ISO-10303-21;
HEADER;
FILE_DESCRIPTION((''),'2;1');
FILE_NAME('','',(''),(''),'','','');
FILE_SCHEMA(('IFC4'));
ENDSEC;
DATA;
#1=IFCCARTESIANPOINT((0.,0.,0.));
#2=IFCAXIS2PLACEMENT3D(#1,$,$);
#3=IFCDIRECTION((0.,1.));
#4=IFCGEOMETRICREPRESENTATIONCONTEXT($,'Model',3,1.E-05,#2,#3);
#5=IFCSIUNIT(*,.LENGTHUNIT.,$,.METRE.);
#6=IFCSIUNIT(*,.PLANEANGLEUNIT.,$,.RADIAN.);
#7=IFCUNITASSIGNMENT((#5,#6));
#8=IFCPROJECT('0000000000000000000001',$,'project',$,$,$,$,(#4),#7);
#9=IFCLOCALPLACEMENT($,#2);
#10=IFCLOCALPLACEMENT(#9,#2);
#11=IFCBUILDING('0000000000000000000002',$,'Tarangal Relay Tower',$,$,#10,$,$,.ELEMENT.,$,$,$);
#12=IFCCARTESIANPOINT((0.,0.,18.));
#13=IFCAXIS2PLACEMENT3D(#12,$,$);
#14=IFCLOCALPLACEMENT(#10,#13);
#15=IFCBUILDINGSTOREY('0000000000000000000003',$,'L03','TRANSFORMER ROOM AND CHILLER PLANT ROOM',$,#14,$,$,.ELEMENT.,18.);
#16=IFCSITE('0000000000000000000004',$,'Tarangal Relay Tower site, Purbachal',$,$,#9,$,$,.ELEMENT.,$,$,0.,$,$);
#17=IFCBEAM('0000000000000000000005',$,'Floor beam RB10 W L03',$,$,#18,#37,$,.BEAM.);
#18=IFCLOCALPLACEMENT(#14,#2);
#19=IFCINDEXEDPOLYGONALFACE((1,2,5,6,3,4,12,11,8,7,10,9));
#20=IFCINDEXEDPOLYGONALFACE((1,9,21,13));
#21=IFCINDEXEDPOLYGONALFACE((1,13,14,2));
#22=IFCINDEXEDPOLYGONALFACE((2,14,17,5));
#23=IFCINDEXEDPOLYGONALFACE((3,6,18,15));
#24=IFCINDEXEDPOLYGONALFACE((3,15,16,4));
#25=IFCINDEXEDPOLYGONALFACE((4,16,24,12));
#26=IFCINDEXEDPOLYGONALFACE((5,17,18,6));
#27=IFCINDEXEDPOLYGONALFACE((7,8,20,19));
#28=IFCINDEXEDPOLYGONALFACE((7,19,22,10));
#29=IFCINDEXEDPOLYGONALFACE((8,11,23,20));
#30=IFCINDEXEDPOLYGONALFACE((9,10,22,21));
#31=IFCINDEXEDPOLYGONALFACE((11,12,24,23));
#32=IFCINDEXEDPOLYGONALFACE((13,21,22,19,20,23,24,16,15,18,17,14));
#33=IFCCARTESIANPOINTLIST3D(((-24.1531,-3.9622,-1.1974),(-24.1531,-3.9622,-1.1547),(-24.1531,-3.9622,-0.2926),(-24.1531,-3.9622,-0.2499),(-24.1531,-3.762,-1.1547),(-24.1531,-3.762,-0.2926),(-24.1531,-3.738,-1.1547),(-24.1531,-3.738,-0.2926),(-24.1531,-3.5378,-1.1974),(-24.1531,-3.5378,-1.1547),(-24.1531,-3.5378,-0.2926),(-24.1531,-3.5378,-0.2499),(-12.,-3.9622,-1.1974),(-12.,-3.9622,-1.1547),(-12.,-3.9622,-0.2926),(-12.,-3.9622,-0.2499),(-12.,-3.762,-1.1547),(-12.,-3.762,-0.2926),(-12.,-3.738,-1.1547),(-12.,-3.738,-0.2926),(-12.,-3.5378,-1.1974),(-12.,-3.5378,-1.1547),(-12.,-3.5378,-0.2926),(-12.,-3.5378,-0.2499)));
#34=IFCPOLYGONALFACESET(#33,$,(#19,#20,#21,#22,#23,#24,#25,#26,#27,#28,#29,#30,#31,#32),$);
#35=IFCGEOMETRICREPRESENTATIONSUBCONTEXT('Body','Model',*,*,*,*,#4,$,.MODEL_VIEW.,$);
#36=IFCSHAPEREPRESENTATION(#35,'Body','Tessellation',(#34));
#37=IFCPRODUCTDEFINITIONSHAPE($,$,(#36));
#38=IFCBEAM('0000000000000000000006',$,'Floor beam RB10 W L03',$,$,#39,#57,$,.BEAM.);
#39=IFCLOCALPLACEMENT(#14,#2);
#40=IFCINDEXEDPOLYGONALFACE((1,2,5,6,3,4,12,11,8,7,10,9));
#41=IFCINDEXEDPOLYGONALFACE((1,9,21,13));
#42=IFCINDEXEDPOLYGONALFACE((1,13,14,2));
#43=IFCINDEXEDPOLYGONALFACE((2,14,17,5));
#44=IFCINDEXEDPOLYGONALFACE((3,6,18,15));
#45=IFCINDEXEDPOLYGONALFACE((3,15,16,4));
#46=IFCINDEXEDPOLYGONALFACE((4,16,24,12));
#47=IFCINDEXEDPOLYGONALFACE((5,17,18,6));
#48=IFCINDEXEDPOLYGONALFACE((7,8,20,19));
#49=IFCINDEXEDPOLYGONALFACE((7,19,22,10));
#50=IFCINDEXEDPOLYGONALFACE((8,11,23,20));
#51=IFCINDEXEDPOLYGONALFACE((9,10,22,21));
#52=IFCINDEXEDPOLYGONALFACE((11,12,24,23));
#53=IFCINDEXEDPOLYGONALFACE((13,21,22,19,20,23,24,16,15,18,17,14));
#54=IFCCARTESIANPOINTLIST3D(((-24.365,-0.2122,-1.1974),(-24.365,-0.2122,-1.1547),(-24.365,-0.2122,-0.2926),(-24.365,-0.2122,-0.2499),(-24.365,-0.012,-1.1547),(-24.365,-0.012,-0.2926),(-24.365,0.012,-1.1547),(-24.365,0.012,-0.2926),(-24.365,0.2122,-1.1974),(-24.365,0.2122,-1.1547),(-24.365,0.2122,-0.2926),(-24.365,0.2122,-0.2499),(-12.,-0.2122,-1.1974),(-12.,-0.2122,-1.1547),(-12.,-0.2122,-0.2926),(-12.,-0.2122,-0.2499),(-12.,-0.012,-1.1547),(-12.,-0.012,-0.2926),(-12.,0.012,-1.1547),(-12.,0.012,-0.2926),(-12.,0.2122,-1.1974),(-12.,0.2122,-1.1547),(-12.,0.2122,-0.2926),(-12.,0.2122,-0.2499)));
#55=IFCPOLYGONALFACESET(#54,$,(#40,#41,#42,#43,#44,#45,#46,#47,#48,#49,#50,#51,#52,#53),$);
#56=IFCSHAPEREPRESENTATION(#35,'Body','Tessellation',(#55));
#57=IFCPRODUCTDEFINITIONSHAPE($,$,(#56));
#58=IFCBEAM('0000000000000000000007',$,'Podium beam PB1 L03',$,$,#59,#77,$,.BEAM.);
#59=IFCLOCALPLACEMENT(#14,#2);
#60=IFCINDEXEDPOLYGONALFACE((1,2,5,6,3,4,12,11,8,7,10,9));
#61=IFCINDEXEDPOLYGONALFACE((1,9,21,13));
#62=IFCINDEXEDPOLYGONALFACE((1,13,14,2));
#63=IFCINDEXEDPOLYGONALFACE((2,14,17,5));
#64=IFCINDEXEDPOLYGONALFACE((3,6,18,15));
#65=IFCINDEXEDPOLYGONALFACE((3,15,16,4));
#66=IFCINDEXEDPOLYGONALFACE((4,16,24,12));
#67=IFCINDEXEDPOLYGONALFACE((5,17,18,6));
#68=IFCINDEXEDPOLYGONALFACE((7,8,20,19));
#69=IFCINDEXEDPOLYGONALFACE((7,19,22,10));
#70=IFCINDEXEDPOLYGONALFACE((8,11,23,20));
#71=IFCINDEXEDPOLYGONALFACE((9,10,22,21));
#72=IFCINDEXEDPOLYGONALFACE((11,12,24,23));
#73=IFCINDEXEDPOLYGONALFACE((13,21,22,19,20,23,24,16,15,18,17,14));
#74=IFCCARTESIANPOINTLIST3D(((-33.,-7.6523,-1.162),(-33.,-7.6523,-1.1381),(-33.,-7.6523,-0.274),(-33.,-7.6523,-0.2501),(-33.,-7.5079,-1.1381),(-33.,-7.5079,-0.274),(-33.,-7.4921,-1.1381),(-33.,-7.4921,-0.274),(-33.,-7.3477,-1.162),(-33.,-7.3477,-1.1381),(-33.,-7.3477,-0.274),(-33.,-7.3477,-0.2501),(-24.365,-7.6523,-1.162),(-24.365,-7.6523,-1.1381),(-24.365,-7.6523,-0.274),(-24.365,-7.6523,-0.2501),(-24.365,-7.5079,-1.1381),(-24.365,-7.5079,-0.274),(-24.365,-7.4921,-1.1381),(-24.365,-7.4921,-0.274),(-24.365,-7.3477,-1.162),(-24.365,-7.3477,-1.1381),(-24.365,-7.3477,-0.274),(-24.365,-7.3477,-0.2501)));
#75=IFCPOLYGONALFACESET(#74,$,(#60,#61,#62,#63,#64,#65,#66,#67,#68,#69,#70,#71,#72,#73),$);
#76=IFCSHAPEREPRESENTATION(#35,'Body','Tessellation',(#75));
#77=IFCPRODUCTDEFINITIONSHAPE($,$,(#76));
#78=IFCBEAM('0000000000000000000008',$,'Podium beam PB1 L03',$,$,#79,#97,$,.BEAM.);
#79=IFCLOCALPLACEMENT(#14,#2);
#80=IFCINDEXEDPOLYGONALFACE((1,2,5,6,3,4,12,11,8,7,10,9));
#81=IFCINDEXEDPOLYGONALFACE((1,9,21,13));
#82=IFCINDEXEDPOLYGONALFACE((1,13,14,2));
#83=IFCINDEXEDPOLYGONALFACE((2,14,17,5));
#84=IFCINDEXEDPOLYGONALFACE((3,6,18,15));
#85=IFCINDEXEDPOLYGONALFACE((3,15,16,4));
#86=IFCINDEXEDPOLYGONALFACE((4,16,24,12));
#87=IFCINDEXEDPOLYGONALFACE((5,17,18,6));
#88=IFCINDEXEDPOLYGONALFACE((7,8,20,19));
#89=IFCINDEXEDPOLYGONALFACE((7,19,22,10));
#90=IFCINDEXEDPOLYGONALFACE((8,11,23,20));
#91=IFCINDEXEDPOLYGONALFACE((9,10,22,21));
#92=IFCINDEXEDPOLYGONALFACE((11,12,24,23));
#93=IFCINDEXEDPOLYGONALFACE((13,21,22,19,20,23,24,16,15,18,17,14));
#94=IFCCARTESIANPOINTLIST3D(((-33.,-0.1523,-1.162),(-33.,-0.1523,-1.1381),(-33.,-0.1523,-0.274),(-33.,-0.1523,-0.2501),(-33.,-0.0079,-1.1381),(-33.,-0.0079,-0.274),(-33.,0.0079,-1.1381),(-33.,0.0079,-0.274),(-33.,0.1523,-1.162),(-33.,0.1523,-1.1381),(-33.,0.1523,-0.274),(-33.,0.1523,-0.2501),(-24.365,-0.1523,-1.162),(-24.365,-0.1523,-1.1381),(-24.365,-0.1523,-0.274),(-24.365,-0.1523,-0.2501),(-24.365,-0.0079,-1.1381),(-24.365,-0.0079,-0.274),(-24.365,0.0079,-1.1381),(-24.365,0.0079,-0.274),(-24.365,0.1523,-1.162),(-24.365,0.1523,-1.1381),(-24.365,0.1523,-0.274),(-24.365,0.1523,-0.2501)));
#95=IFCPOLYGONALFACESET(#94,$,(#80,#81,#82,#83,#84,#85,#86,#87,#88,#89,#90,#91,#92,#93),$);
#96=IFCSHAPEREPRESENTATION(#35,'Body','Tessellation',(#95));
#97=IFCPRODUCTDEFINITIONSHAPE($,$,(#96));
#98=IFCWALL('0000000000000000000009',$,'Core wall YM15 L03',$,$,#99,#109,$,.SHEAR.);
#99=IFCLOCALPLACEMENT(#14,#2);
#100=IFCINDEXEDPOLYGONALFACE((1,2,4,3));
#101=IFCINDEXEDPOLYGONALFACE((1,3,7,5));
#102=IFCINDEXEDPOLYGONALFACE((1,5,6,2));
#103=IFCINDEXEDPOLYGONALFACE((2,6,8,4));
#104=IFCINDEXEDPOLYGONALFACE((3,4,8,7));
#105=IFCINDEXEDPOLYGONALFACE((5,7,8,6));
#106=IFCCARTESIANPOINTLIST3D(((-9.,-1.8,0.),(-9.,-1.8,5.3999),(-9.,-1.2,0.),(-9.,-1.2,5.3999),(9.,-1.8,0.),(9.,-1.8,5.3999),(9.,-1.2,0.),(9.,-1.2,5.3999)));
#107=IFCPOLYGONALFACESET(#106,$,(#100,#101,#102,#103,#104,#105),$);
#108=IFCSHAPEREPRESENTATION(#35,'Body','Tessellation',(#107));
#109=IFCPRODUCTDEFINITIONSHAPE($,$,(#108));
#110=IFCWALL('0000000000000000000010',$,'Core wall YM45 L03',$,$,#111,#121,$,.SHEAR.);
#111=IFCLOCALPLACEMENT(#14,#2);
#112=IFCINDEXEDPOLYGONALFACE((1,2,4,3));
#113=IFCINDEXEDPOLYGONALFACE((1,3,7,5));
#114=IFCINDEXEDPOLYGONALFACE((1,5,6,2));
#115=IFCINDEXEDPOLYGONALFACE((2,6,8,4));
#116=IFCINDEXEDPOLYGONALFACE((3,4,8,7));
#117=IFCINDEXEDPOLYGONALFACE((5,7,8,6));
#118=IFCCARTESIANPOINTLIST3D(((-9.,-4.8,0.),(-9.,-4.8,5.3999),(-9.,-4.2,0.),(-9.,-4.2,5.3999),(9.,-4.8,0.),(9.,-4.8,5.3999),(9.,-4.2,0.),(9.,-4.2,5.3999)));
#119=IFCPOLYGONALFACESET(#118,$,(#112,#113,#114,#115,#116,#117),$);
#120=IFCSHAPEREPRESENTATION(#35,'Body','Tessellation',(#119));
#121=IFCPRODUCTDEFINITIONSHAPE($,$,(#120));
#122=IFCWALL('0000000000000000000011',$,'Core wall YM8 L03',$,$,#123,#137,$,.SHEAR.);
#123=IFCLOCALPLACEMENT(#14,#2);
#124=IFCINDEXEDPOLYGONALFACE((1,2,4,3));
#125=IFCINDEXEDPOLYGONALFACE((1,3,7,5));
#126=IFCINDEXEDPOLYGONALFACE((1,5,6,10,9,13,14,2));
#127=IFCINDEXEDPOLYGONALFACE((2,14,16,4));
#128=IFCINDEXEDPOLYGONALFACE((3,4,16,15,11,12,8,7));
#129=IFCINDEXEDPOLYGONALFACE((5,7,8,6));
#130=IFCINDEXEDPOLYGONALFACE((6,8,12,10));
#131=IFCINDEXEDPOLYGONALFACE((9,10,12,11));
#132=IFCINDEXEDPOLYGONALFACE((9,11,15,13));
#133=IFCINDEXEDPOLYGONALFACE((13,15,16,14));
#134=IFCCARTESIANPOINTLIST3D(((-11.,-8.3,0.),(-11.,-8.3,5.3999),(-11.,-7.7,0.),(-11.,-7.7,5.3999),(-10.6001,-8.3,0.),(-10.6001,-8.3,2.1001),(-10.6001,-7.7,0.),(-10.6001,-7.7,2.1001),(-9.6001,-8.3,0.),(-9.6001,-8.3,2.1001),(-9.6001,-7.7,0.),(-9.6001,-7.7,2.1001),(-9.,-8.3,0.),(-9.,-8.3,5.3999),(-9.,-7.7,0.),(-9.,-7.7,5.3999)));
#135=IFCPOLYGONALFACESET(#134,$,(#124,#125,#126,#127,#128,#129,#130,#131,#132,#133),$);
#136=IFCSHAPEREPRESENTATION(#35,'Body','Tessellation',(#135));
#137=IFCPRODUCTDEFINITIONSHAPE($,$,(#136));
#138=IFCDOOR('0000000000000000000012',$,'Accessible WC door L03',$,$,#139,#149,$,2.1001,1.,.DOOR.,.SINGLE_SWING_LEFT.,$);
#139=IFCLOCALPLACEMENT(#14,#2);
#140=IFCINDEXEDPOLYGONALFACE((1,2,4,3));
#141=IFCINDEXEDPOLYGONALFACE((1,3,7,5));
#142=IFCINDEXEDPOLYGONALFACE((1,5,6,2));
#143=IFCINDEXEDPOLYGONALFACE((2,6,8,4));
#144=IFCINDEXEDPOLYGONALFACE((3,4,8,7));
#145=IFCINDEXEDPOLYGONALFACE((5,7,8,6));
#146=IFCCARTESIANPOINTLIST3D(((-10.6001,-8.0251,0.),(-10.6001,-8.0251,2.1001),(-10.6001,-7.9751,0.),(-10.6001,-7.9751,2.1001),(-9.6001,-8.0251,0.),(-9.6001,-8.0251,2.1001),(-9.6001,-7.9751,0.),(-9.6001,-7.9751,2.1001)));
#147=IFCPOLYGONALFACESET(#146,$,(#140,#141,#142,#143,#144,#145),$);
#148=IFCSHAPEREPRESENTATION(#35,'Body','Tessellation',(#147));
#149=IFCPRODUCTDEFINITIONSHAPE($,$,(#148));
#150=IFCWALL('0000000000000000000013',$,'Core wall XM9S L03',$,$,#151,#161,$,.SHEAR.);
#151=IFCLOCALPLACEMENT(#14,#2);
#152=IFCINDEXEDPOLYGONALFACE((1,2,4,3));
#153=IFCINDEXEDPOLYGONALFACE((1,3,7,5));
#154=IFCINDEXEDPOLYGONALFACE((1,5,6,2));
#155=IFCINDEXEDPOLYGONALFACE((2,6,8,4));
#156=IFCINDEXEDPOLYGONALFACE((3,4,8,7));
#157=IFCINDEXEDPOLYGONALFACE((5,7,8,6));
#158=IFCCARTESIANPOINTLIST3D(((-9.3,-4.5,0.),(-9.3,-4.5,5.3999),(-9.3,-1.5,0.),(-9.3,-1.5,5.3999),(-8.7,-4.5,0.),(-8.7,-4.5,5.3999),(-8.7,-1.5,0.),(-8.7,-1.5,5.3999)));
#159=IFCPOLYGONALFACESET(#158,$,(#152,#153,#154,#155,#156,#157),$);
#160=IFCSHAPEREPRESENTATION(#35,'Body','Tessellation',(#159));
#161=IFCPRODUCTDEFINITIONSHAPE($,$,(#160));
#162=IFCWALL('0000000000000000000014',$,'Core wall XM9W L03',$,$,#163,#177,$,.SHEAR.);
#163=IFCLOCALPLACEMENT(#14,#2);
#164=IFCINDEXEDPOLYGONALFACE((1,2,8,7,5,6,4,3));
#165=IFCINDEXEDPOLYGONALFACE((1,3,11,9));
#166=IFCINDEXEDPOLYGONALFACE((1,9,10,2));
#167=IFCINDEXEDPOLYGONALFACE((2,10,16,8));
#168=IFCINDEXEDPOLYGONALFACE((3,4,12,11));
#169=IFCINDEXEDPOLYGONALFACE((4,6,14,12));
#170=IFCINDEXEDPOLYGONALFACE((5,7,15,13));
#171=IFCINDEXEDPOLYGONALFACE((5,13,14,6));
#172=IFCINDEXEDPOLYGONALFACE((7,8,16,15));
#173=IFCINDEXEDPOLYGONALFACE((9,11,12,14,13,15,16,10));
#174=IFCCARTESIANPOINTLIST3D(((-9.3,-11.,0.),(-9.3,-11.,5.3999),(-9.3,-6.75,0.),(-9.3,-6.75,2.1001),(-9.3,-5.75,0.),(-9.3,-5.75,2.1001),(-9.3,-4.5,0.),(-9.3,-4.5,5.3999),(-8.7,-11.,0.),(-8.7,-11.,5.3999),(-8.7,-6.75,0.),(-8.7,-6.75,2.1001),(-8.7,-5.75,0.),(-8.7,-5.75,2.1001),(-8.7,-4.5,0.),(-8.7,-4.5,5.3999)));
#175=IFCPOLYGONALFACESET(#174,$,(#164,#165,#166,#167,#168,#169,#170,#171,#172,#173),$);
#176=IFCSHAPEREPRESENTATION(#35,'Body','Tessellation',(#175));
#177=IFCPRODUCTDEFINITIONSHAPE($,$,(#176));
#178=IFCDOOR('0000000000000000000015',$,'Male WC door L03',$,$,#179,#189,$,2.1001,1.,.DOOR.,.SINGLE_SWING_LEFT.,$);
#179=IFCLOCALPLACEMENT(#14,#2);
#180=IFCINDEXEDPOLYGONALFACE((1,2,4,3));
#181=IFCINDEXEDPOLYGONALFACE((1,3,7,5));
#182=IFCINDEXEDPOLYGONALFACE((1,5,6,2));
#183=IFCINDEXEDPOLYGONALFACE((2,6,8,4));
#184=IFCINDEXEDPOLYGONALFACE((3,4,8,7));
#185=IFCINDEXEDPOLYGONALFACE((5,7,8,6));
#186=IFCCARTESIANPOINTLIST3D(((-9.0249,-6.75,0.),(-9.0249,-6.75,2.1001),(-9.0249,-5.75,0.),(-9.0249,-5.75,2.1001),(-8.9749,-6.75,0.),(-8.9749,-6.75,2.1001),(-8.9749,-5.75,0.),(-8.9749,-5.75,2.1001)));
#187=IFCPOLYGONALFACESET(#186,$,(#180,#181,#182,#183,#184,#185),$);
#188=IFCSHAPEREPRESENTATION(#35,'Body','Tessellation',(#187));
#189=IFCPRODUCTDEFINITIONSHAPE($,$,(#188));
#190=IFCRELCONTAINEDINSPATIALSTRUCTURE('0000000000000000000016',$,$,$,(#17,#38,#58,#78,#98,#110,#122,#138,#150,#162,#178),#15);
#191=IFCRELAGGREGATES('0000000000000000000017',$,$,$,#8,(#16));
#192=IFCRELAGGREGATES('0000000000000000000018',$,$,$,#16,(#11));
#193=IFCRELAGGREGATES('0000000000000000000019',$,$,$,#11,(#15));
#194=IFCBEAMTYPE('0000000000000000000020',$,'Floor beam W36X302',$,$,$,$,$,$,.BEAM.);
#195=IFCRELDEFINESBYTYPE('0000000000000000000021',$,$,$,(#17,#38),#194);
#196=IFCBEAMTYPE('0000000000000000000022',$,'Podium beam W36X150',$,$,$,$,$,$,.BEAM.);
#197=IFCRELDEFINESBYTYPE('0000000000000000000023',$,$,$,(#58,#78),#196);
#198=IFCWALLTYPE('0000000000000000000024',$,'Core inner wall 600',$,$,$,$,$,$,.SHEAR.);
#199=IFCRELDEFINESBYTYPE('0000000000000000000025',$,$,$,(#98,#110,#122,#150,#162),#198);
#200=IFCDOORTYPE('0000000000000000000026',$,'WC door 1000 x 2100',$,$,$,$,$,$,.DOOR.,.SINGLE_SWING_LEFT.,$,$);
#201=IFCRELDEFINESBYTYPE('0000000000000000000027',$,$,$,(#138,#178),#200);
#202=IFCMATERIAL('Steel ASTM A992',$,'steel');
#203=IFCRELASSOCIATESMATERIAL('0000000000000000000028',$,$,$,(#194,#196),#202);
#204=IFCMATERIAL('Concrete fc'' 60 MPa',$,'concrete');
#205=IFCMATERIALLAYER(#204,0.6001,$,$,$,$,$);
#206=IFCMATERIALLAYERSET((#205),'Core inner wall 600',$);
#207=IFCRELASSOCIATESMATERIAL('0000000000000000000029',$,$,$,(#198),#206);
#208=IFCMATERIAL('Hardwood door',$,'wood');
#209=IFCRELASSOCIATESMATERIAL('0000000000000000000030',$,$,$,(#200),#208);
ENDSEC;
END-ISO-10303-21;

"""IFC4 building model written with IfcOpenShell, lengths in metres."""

from ifc_helpers import new_model, si_unit, direction, frame, frame_2d, origin, origin_2d, place, context, subcontext, project, spatial, rectangle, i_section, extrude, material, layer, layer_set, material_profile, profile_set, type_object, element, fill, save


model = new_model("IFC4")

# Units and contexts
model_context = context("Model", 3, precision=1e-05, world=origin(), true_north=direction((0.0, 1.0)))
body_context = subcontext(model_context, "Body", "Model", "MODEL_VIEW")
ifc_project = project(units=[si_unit("LENGTHUNIT", "METRE"), si_unit("PLANEANGLEUNIT", "RADIAN")], contexts=[model_context])

# Site, building, storey
site_placement = place(None, origin())
site = spatial("IfcSite", under=ifc_project, at=site_placement, Name="Tarangal Relay Tower site, Purbachal", CompositionType="ELEMENT", RefElevation=0.0)
building_placement = place(site_placement, origin())
building = spatial("IfcBuilding", under=site, at=building_placement, Name="Tarangal Relay Tower", CompositionType="ELEMENT")
storey_placement = place(building_placement, frame((0.0, 0.0, 18.0)))
storey = spatial("IfcBuildingStorey", under=building, at=storey_placement, Name="L03", Description="TRANSFORMER ROOM AND CHILLER PLANT ROOM", CompositionType="ELEMENT", Elevation=18.0)

# Beams
ifc_material_1 = material(Name="Steel ASTM A992", Category="steel")
ifc_material_profile_1 = material_profile(ifc_material_1, i_section(OverallWidth=0.4243, OverallDepth=0.9475, WebThickness=0.0239, FlangeThickness=0.0427, at=origin_2d()), Name="W36X302")
ifc_profile_set_1 = profile_set([ifc_material_profile_1], Name="Steel ASTM A992")
beam_type_1 = type_object("IfcBeamType", Name="Floor beam W36X302", PredefinedType="BEAM", material=ifc_profile_set_1)
beam_1_placement = place(storey_placement, frame((-12.0, -3.75, -0.7236), z_axis=(-1.0, 0.0, 0.0), x_axis=(0.0, -1.0, 0.0)))
element("IfcBeam", 1, at=beam_1_placement, inside=storey, type_object=beam_type_1, Name="Floor beam RB10 W L03", PredefinedType="BEAM", context=body_context, shape_type="SweptSolid", body=[
    extrude(i_section(OverallWidth=0.4243, OverallDepth=0.9475, WebThickness=0.0239, FlangeThickness=0.0427, at=origin_2d()), origin(), (0.0, 0.0, 1.0), 12.1531),
])
beam_2_placement = place(storey_placement, frame((-12.0, 0.0, -0.7236), z_axis=(-1.0, 0.0, 0.0), x_axis=(0.0, -1.0, 0.0)))
element("IfcBeam", 2, at=beam_2_placement, inside=storey, type_object=beam_type_1, Name="Floor beam RB10 W L03", PredefinedType="BEAM", context=body_context, shape_type="SweptSolid", body=[
    extrude(i_section(OverallWidth=0.4243, OverallDepth=0.9475, WebThickness=0.0239, FlangeThickness=0.0427, at=origin_2d()), origin(), (0.0, 0.0, 1.0), 12.365),
])
ifc_material_profile_2 = material_profile(ifc_material_1, i_section(OverallWidth=0.3047, OverallDepth=0.9119, WebThickness=0.0159, FlangeThickness=0.0239, at=origin_2d()), Name="W36X150")
ifc_profile_set_2 = profile_set([ifc_material_profile_2], Name="Steel ASTM A992")
beam_type_2 = type_object("IfcBeamType", Name="Podium beam W36X150", PredefinedType="BEAM", material=ifc_profile_set_2)
for number, where, z_axis, x_axis, name in (
    (3, (-24.365, -7.5, -0.7061), (-1.0, 0.0, 0.0), (0.0, -1.0, 0.0), "Podium beam PB1 L03"),
    (4, (-24.365, 0.0, -0.7061), (-1.0, 0.0, 0.0), (0.0, -1.0, 0.0), "Podium beam PB1 L03"),
):
    element("IfcBeam", number, at=place(storey_placement, frame(where, z_axis=z_axis, x_axis=x_axis)), inside=storey, type_object=beam_type_2, Name=name, PredefinedType="BEAM", context=body_context, shape_type="SweptSolid", body=[
        extrude(i_section(OverallWidth=0.3047, OverallDepth=0.9119, WebThickness=0.0159, FlangeThickness=0.0239, at=origin_2d()), origin(), (0.0, 0.0, 1.0), 8.635),
    ])

# Walls
ifc_material_2 = material(Name="Concrete fc' 60 MPa", Category="concrete")
ifc_layer_1 = layer(ifc_material_2, 0.6001)
ifc_layer_set_1 = layer_set([ifc_layer_1], Name="Core inner wall 600")
wall_type_1 = type_object("IfcWallType", Name="Core inner wall 600", PredefinedType="SHEAR", material=ifc_layer_set_1)
for number, where, z_axis, x_axis, name in (
    (5, (-9.0, -1.5, 0.0), (0.0, 0.0, 1.0), (1.0, 0.0, 0.0), "Core wall YM15 L03"),
    (6, (-9.0, -4.5, 0.0), (0.0, 0.0, 1.0), (1.0, 0.0, 0.0), "Core wall YM45 L03"),
):
    element("IfcWall", number, at=place(storey_placement, frame(where, z_axis=z_axis, x_axis=x_axis)), inside=storey, type_object=wall_type_1, Name=name, PredefinedType="SHEAR", context=body_context, shape_type="SweptSolid", body=[
        extrude(rectangle(XDim=18.0, YDim=0.6001, at=frame_2d((9.0, 0.0))), origin(), (0.0, 0.0, 1.0), 5.3999),
    ])

# Wall, opening, door
wall_1_placement = place(storey_placement, frame((-11.0, -8.0, 0.0), z_axis=(0.0, 0.0, 1.0), x_axis=(1.0, 0.0, 0.0)))
wall_1 = element("IfcWall", 7, at=wall_1_placement, inside=storey, type_object=wall_type_1, Name="Core wall YM8 L03", PredefinedType="SHEAR", context=body_context, shape_type="SweptSolid", body=[
    extrude(rectangle(XDim=2.0, YDim=0.6001, at=frame_2d((1.0, 0.0))), origin(), (0.0, 0.0, 1.0), 5.3999),
])
opening_1_placement = place(wall_1_placement, frame((0.3999, 0.0, 0.0)))
opening_1 = element("IfcOpeningElement", 8, at=opening_1_placement, cuts=wall_1, PredefinedType="OPENING", context=body_context, shape_type="SweptSolid", body=[
    extrude(rectangle(XDim=1.0, YDim=2.1001, at=frame_2d((0.5, 1.05))), frame((0.0, 0.3101, 0.0), z_axis=(0.0, -1.0, 0.0), x_axis=(1.0, 0.0, 0.0)), (0.0, 0.0, 1.0), 0.6201),
])
ifc_material_3 = material(Name="Hardwood door", Category="wood")
door_type_1 = type_object("IfcDoorType", Name="WC door 1000 x 2100", OperationType="SINGLE_SWING_LEFT", PredefinedType="DOOR", material=ifc_material_3)
door_1_placement = place(opening_1_placement, origin())
door_1 = element("IfcDoor", 9, at=door_1_placement, inside=storey, type_object=door_type_1, Name="Accessible WC door L03", OperationType="SINGLE_SWING_LEFT", OverallHeight=2.1001, OverallWidth=1.0, PredefinedType="DOOR", context=body_context, shape_type="SweptSolid", body=[
    extrude(rectangle(XDim=1.0, YDim=2.1001, at=frame_2d((0.5, 1.05))), frame((0.0, 0.0249, 0.0), z_axis=(0.0, -1.0, 0.0), x_axis=(1.0, 0.0, 0.0)), (0.0, 0.0, 1.0), 0.05),
])
fill(opening_1, door_1)

# Wall
wall_2_placement = place(storey_placement, frame((-9.0, -4.5, 0.0), z_axis=(0.0, 0.0, 1.0), x_axis=(0.0, 1.0, 0.0)))
element("IfcWall", 10, at=wall_2_placement, inside=storey, type_object=wall_type_1, Name="Core wall XM9S L03", PredefinedType="SHEAR", context=body_context, shape_type="SweptSolid", body=[
    extrude(rectangle(XDim=3.0, YDim=0.6001, at=frame_2d((1.5, 0.0))), origin(), (0.0, 0.0, 1.0), 5.3999),
])

# Wall, opening, door
wall_3_placement = place(storey_placement, frame((-9.0, -11.0, 0.0), z_axis=(0.0, 0.0, 1.0), x_axis=(0.0, 1.0, 0.0)))
wall_3 = element("IfcWall", 11, at=wall_3_placement, inside=storey, type_object=wall_type_1, Name="Core wall XM9W L03", PredefinedType="SHEAR", context=body_context, shape_type="SweptSolid", body=[
    extrude(rectangle(XDim=6.5, YDim=0.6001, at=frame_2d((3.25, 0.0))), origin(), (0.0, 0.0, 1.0), 5.3999),
])
opening_2_placement = place(wall_3_placement, frame((4.25, 0.0, 0.0)))
opening_2 = element("IfcOpeningElement", 12, at=opening_2_placement, cuts=wall_3, PredefinedType="OPENING", context=body_context, shape_type="SweptSolid", body=[
    extrude(rectangle(XDim=1.0, YDim=2.1001, at=frame_2d((0.5, 1.05))), frame((0.0, 0.3101, 0.0), z_axis=(0.0, -1.0, 0.0), x_axis=(1.0, 0.0, 0.0)), (0.0, 0.0, 1.0), 0.6201),
])
door_2_placement = place(opening_2_placement, origin())
door_2 = element("IfcDoor", 13, at=door_2_placement, inside=storey, type_object=door_type_1, Name="Male WC door L03", OperationType="SINGLE_SWING_LEFT", OverallHeight=2.1001, OverallWidth=1.0, PredefinedType="DOOR", context=body_context, shape_type="SweptSolid", body=[
    extrude(rectangle(XDim=1.0, YDim=2.1001, at=frame_2d((0.5, 1.05))), frame((0.0, 0.0249, 0.0), z_axis=(0.0, -1.0, 0.0), x_axis=(1.0, 0.0, 0.0)), (0.0, 0.0, 1.0), 0.05),
])
fill(opening_2, door_2)

save(model, "model.ifc")
